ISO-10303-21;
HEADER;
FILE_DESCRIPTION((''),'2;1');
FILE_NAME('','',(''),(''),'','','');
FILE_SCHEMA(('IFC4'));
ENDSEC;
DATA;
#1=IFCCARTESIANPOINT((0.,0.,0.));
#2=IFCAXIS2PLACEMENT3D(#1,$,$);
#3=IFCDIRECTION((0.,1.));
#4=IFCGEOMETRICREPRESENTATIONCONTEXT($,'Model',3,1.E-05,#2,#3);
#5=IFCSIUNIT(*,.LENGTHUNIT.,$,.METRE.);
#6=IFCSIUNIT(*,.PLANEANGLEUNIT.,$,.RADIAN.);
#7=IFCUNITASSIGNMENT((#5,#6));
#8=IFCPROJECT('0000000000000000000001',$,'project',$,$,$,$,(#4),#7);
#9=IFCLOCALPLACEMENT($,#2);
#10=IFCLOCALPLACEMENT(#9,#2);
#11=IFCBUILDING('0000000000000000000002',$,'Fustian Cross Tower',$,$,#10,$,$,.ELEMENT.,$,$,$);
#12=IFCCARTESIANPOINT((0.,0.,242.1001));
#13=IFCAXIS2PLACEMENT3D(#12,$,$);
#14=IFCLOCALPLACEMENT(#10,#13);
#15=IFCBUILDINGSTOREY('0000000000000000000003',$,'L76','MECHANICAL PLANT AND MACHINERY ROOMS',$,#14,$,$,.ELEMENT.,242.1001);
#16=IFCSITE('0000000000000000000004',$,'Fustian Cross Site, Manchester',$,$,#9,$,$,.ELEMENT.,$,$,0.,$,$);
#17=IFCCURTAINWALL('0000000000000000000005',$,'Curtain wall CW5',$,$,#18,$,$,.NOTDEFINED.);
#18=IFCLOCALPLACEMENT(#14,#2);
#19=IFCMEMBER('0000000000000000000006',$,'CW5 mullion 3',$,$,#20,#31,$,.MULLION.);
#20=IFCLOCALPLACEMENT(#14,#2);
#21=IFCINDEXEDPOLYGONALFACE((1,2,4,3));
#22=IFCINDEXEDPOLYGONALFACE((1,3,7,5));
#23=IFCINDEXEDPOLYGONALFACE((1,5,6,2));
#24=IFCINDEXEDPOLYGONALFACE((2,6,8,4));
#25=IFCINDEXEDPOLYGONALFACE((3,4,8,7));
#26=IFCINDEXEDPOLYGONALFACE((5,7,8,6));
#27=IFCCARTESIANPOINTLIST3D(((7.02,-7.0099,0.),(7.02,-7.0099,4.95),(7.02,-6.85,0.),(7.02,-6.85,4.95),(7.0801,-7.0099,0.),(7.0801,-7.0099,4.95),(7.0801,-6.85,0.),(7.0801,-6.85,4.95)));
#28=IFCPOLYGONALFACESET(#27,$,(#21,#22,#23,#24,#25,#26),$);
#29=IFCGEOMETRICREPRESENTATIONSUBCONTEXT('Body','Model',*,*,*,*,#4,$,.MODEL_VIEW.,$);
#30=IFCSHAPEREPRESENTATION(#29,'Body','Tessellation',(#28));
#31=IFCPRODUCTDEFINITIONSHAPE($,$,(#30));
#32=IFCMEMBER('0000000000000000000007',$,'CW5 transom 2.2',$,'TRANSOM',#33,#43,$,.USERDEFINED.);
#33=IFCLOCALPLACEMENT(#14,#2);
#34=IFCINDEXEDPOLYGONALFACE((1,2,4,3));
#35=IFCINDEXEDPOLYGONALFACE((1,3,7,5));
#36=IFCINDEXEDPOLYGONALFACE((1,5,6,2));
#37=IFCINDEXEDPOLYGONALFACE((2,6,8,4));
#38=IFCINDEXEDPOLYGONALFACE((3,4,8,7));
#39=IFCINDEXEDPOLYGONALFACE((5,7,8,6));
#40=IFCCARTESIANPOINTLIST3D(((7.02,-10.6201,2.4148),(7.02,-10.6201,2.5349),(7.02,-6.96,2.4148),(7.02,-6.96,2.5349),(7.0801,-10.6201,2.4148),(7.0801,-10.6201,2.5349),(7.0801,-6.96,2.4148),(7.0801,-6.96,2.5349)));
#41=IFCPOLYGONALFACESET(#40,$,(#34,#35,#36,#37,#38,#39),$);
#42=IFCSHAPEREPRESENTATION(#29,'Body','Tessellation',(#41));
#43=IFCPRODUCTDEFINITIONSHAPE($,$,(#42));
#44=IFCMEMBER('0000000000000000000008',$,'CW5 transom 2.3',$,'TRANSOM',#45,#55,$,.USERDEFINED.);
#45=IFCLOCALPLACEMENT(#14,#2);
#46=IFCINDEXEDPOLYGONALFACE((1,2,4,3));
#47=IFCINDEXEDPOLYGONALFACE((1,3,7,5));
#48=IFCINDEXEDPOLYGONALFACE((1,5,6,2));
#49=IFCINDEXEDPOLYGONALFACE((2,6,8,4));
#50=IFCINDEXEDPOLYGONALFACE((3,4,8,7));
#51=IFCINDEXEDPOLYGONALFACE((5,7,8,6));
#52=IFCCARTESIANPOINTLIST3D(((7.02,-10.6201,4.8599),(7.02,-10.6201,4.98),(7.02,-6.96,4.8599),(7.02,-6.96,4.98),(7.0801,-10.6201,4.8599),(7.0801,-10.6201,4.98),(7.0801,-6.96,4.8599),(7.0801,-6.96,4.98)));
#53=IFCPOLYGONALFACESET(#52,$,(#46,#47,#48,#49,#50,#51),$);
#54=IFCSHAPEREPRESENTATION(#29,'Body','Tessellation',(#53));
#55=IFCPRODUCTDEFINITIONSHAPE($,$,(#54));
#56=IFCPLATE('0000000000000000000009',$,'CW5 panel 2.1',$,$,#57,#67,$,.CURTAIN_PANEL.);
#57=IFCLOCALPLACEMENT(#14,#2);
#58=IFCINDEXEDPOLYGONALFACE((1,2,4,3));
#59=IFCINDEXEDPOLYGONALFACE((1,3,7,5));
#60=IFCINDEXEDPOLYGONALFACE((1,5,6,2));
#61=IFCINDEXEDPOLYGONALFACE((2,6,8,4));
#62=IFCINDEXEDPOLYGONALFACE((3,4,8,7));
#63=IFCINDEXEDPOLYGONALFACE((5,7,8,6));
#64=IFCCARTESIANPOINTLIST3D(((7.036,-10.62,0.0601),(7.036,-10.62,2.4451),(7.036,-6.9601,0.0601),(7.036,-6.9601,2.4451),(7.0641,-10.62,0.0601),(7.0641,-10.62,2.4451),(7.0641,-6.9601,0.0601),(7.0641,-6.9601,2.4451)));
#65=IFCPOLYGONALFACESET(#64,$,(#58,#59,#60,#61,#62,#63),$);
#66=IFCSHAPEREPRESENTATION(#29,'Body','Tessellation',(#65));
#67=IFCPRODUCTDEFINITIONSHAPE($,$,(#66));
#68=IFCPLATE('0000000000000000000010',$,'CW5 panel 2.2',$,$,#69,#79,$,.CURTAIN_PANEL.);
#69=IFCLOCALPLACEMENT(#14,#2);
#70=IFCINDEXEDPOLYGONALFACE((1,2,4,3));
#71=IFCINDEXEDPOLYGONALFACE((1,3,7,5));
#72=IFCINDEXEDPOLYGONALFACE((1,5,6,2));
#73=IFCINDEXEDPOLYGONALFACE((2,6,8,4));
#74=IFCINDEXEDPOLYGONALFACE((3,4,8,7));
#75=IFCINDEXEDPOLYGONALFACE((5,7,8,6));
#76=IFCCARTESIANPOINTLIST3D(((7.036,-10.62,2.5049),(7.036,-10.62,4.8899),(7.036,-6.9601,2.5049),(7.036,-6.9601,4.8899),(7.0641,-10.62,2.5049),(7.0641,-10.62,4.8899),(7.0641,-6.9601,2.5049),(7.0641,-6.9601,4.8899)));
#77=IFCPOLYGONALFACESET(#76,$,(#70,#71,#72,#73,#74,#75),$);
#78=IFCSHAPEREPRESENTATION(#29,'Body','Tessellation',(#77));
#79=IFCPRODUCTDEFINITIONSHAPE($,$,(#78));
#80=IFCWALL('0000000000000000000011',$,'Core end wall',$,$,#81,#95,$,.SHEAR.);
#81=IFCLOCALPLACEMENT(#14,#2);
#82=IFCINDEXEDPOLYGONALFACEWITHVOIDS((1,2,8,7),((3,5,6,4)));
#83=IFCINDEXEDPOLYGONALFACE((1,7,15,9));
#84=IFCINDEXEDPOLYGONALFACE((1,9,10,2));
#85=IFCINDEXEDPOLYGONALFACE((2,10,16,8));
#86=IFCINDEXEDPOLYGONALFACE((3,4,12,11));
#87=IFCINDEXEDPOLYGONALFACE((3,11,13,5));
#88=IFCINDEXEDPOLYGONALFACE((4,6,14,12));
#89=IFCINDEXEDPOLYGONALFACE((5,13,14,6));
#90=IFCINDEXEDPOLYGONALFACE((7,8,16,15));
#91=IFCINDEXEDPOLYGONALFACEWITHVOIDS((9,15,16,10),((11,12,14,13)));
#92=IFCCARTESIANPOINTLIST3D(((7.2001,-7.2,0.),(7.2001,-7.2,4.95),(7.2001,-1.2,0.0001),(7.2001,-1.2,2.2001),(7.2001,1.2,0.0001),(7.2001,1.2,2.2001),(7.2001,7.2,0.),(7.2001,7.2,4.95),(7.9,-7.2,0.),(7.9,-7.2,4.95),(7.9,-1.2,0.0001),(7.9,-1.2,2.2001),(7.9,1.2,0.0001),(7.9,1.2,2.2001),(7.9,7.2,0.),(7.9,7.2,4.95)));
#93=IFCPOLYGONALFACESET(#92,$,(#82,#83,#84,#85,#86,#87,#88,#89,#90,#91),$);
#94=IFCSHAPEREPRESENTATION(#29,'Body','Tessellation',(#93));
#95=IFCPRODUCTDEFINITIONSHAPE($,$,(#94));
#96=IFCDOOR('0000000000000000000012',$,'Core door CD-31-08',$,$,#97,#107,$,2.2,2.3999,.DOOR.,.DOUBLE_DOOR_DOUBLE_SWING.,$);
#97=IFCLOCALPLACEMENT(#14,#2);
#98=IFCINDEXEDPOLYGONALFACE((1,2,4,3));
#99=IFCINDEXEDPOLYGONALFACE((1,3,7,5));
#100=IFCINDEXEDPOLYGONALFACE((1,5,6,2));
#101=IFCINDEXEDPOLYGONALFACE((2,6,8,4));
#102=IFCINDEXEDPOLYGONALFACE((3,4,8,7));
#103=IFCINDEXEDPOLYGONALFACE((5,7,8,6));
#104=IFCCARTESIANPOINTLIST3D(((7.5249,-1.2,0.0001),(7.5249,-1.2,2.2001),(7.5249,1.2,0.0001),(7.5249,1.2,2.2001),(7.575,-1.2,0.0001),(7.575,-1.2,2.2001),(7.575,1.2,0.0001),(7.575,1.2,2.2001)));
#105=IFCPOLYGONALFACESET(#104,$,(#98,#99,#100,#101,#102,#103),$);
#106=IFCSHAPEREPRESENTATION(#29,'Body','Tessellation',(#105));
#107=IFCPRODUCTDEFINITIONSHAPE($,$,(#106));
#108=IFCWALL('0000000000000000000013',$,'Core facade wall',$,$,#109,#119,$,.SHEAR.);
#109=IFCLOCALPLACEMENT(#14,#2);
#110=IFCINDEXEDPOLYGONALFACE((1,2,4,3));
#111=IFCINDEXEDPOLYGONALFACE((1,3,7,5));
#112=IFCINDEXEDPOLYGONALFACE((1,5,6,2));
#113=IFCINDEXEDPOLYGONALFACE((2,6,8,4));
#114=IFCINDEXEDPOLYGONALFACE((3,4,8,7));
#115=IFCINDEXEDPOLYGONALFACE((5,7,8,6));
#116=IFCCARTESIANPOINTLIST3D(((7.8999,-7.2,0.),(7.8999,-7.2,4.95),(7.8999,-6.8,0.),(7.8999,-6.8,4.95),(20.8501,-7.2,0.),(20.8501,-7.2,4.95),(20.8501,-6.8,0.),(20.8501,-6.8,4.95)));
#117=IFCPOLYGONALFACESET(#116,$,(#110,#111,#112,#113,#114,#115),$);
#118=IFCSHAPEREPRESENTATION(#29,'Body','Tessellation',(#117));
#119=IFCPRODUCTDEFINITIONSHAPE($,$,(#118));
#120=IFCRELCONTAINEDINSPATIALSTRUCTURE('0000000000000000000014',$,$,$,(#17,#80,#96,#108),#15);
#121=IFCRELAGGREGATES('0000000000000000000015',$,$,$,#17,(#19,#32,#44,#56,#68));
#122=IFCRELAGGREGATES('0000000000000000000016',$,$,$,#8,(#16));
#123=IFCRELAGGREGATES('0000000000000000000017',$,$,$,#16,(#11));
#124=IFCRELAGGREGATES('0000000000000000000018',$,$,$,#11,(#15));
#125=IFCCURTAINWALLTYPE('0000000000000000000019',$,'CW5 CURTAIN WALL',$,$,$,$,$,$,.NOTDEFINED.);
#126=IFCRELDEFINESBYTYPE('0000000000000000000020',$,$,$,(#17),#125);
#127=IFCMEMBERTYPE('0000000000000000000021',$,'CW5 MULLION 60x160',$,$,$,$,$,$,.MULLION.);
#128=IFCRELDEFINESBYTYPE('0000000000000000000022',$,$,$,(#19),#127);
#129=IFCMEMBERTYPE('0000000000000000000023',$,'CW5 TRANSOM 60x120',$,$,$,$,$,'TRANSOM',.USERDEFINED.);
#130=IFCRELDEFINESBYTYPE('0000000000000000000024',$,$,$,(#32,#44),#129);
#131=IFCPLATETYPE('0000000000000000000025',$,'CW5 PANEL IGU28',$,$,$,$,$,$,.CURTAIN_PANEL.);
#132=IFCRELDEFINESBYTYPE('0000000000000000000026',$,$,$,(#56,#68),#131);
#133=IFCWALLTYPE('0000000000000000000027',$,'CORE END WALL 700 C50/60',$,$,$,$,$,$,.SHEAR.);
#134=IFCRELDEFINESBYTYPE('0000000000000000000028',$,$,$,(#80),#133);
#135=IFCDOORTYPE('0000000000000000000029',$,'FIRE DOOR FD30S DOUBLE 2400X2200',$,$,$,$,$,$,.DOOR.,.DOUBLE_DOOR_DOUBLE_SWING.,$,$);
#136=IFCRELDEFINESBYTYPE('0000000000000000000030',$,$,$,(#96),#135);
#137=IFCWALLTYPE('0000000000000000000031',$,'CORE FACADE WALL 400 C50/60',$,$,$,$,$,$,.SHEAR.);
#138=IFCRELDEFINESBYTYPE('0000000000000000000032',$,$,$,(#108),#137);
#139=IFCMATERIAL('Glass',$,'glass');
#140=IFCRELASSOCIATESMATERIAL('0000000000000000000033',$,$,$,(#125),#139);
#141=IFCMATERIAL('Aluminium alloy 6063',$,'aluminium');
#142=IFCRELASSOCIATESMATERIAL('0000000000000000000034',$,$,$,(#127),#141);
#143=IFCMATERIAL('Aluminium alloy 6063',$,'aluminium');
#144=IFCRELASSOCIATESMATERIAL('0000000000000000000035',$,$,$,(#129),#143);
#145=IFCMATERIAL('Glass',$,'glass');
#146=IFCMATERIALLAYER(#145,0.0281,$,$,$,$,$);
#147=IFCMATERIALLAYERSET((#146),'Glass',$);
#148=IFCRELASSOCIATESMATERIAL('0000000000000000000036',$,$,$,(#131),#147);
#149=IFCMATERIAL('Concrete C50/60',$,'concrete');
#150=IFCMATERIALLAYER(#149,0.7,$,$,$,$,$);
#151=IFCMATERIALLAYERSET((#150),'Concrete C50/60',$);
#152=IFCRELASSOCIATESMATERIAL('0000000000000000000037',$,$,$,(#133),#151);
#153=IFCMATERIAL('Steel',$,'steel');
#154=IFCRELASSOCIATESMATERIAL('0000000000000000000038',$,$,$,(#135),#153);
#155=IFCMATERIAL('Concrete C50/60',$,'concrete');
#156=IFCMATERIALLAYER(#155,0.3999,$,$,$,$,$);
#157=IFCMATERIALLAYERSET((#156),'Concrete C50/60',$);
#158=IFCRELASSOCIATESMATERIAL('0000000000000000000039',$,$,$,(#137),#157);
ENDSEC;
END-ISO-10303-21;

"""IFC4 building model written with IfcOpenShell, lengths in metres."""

from ifc_helpers import new_model, si_unit, direction, frame, frame_2d, origin, origin_2d, place, context, subcontext, project, spatial, rectangle, extrude, material, layer, layer_set, material_profile, profile_set, type_object, element, fill, aggregate, save


model = new_model("IFC4")

# Units and contexts
model_context = context("Model", 3, precision=1e-05, world=origin(), true_north=direction((0.0, 1.0)))
body_context = subcontext(model_context, "Body", "Model", "MODEL_VIEW")
ifc_project = project(units=[si_unit("LENGTHUNIT", "METRE"), si_unit("PLANEANGLEUNIT", "RADIAN")], contexts=[model_context])

# Site, building, storey
site_placement = place(None, origin())
site = spatial("IfcSite", under=ifc_project, at=site_placement, Name="Fustian Cross Site, Manchester", CompositionType="ELEMENT", RefElevation=0.0)
building_placement = place(site_placement, origin())
building = spatial("IfcBuilding", under=site, at=building_placement, Name="Fustian Cross Tower", CompositionType="ELEMENT")
storey_placement = place(building_placement, frame((0.0, 0.0, 242.1001)))
storey = spatial("IfcBuildingStorey", under=building, at=storey_placement, Name="L76", Description="MECHANICAL PLANT AND MACHINERY ROOMS", CompositionType="ELEMENT", Elevation=242.1001)

# Curtain wall, members, plates
ifc_material_1 = material(Name="Glass", Category="glass")
curtain_wall_type = type_object("IfcCurtainWallType", Name="CW5 CURTAIN WALL", PredefinedType="NOTDEFINED", material=ifc_material_1)
curtain_wall_placement = place(storey_placement, origin())
curtain_wall = element("IfcCurtainWall", 1, at=curtain_wall_placement, inside=storey, type_object=curtain_wall_type, Name="Curtain wall CW5", PredefinedType="NOTDEFINED")
ifc_material_2 = material(Name="Aluminium alloy 6063", Category="aluminium")
ifc_material_profile_1 = material_profile(ifc_material_2, rectangle(XDim=0.0601, YDim=0.1599, at=origin_2d()), Name="CW5 MULLION 60x160")
ifc_profile_set_1 = profile_set([ifc_material_profile_1], Name="Aluminium alloy 6063")
member_type_1 = type_object("IfcMemberType", Name="CW5 MULLION 60x160", PredefinedType="MULLION", material=ifc_profile_set_1)
member_1_placement = place(storey_placement, frame((7.05, -6.9299, 0.0), z_axis=(0.0, 0.0, 1.0), x_axis=(-1.0, 0.0, 0.0)))
member_1 = element("IfcMember", 2, at=member_1_placement, type_object=member_type_1, Name="CW5 mullion 3", PredefinedType="MULLION", context=body_context, shape_type="SweptSolid", body=[
    extrude(rectangle(XDim=0.0601, YDim=0.1599, at=origin_2d()), origin(), (0.0, 0.0, 1.0), 4.95),
])
ifc_material_3 = material(Name="Aluminium alloy 6063", Category="aluminium")
ifc_material_profile_2 = material_profile(ifc_material_3, rectangle(XDim=0.0601, YDim=0.1201, at=origin_2d()), Name="CW5 TRANSOM 60x120")
ifc_profile_set_2 = profile_set([ifc_material_profile_2], Name="Aluminium alloy 6063")
member_type_2 = type_object("IfcMemberType", Name="CW5 TRANSOM 60x120", ElementType="TRANSOM", PredefinedType="USERDEFINED", material=ifc_profile_set_2)
member_2_placement = place(storey_placement, frame((7.05, -10.6201, 2.4749), z_axis=(0.0, 1.0, 0.0), x_axis=(-1.0, 0.0, 0.0)))
member_2 = element("IfcMember", 3, at=member_2_placement, type_object=member_type_2, Name="CW5 transom 2.2", ObjectType="TRANSOM", PredefinedType="USERDEFINED", context=body_context, shape_type="SweptSolid", body=[
    extrude(rectangle(XDim=0.0601, YDim=0.1201, at=origin_2d()), origin(), (0.0, 0.0, 1.0), 3.6602),
])
member_3_placement = place(storey_placement, frame((7.05, -10.6201, 4.9199), z_axis=(0.0, 1.0, 0.0), x_axis=(-1.0, 0.0, 0.0)))
member_3 = element("IfcMember", 4, at=member_3_placement, type_object=member_type_2, Name="CW5 transom 2.3", ObjectType="TRANSOM", PredefinedType="USERDEFINED", context=body_context, shape_type="SweptSolid", body=[
    extrude(rectangle(XDim=0.0601, YDim=0.1201, at=origin_2d()), origin(), (0.0, 0.0, 1.0), 3.6602),
])
ifc_material_4 = material(Name="Glass", Category="glass")
ifc_layer_1 = layer(ifc_material_4, 0.0281)
ifc_layer_set_1 = layer_set([ifc_layer_1], Name="Glass")
plate_type = type_object("IfcPlateType", Name="CW5 PANEL IGU28", PredefinedType="CURTAIN_PANEL", material=ifc_layer_set_1)
plate_1_placement = place(storey_placement, frame((7.05, -8.79, 0.0601), z_axis=(0.0, 0.0, 1.0), x_axis=(0.0, 1.0, 0.0)))
plate_1 = element("IfcPlate", 5, at=plate_1_placement, type_object=plate_type, Name="CW5 panel 2.1", PredefinedType="CURTAIN_PANEL", context=body_context, shape_type="SweptSolid", body=[
    extrude(rectangle(XDim=3.6599, YDim=0.0281, at=origin_2d()), origin(), (0.0, 0.0, 1.0), 2.385),
])
plate_2_placement = place(storey_placement, frame((7.05, -8.79, 2.5049), z_axis=(0.0, 0.0, 1.0), x_axis=(0.0, 1.0, 0.0)))
plate_2 = element("IfcPlate", 6, at=plate_2_placement, type_object=plate_type, Name="CW5 panel 2.2", PredefinedType="CURTAIN_PANEL", context=body_context, shape_type="SweptSolid", body=[
    extrude(rectangle(XDim=3.6599, YDim=0.0281, at=origin_2d()), origin(), (0.0, 0.0, 1.0), 2.385),
])
aggregate(curtain_wall, [member_1, member_2, member_3, plate_1, plate_2])

# Wall, opening, door
ifc_material_5 = material(Name="Concrete C50/60", Category="concrete")
ifc_layer_2 = layer(ifc_material_5, 0.7)
ifc_layer_set_2 = layer_set([ifc_layer_2], Name="Concrete C50/60")
wall_type_1 = type_object("IfcWallType", Name="CORE END WALL 700 C50/60", PredefinedType="SHEAR", material=ifc_layer_set_2)
wall_1_placement = place(storey_placement, frame((7.55, -7.2, 0.0), z_axis=(0.0, 0.0, 1.0), x_axis=(0.0, 1.0, 0.0)))
wall_1 = element("IfcWall", 7, at=wall_1_placement, inside=storey, type_object=wall_type_1, Name="Core end wall", PredefinedType="SHEAR", context=body_context, shape_type="SweptSolid", body=[
    extrude(rectangle(XDim=14.3999, YDim=0.7, at=frame_2d((7.2, 0.0))), origin(), (0.0, 0.0, 1.0), 4.95),
])
opening_1_placement = place(wall_1_placement, frame((6.0, 0.0, 0.0)))
opening_1 = element("IfcOpeningElement", 8, at=opening_1_placement, cuts=wall_1, PredefinedType="OPENING", context=body_context, shape_type="SweptSolid", body=[
    extrude(rectangle(XDim=2.3999, YDim=2.2, at=frame_2d((1.2, 1.1001))), frame((0.0, 0.3599, 0.0), z_axis=(0.0, -1.0, 0.0), x_axis=(1.0, 0.0, 0.0)), (0.0, 0.0, 1.0), 0.72),
])
ifc_material_6 = material(Name="Steel", Category="steel")
door_type_1 = type_object("IfcDoorType", Name="FIRE DOOR FD30S DOUBLE 2400X2200", OperationType="DOUBLE_DOOR_DOUBLE_SWING", PredefinedType="DOOR", material=ifc_material_6)
door_1_placement = place(opening_1_placement, frame((2.3999, 0.0, 0.0), z_axis=(0.0, 0.0, 1.0), x_axis=(-1.0, 0.0, 0.0)))
door_1 = element("IfcDoor", 9, at=door_1_placement, inside=storey, type_object=door_type_1, Name="Core door CD-31-08", OperationType="DOUBLE_DOOR_DOUBLE_SWING", OverallHeight=2.2, OverallWidth=2.3999, PredefinedType="DOOR", context=body_context, shape_type="SweptSolid", body=[
    extrude(rectangle(XDim=2.3999, YDim=2.2, at=frame_2d((1.2, 1.1001))), frame((0.0, 0.0249, 0.0), z_axis=(0.0, -1.0, 0.0), x_axis=(1.0, 0.0, 0.0)), (0.0, 0.0, 1.0), 0.05),
])
fill(opening_1, door_1)

# Wall
ifc_material_7 = material(Name="Concrete C50/60", Category="concrete")
ifc_layer_3 = layer(ifc_material_7, 0.3999)
ifc_layer_set_3 = layer_set([ifc_layer_3], Name="Concrete C50/60")
wall_type_2 = type_object("IfcWallType", Name="CORE FACADE WALL 400 C50/60", PredefinedType="SHEAR", material=ifc_layer_set_3)
wall_2_placement = place(storey_placement, frame((7.8999, -7.0, 0.0), z_axis=(0.0, 0.0, 1.0), x_axis=(1.0, 0.0, 0.0)))
element("IfcWall", 10, at=wall_2_placement, inside=storey, type_object=wall_type_2, Name="Core facade wall", PredefinedType="SHEAR", context=body_context, shape_type="SweptSolid", body=[
    extrude(rectangle(XDim=12.9502, YDim=0.3999, at=frame_2d((6.4751, 0.0))), origin(), (0.0, 0.0, 1.0), 4.95),
])

save(model, "model.ifc")
